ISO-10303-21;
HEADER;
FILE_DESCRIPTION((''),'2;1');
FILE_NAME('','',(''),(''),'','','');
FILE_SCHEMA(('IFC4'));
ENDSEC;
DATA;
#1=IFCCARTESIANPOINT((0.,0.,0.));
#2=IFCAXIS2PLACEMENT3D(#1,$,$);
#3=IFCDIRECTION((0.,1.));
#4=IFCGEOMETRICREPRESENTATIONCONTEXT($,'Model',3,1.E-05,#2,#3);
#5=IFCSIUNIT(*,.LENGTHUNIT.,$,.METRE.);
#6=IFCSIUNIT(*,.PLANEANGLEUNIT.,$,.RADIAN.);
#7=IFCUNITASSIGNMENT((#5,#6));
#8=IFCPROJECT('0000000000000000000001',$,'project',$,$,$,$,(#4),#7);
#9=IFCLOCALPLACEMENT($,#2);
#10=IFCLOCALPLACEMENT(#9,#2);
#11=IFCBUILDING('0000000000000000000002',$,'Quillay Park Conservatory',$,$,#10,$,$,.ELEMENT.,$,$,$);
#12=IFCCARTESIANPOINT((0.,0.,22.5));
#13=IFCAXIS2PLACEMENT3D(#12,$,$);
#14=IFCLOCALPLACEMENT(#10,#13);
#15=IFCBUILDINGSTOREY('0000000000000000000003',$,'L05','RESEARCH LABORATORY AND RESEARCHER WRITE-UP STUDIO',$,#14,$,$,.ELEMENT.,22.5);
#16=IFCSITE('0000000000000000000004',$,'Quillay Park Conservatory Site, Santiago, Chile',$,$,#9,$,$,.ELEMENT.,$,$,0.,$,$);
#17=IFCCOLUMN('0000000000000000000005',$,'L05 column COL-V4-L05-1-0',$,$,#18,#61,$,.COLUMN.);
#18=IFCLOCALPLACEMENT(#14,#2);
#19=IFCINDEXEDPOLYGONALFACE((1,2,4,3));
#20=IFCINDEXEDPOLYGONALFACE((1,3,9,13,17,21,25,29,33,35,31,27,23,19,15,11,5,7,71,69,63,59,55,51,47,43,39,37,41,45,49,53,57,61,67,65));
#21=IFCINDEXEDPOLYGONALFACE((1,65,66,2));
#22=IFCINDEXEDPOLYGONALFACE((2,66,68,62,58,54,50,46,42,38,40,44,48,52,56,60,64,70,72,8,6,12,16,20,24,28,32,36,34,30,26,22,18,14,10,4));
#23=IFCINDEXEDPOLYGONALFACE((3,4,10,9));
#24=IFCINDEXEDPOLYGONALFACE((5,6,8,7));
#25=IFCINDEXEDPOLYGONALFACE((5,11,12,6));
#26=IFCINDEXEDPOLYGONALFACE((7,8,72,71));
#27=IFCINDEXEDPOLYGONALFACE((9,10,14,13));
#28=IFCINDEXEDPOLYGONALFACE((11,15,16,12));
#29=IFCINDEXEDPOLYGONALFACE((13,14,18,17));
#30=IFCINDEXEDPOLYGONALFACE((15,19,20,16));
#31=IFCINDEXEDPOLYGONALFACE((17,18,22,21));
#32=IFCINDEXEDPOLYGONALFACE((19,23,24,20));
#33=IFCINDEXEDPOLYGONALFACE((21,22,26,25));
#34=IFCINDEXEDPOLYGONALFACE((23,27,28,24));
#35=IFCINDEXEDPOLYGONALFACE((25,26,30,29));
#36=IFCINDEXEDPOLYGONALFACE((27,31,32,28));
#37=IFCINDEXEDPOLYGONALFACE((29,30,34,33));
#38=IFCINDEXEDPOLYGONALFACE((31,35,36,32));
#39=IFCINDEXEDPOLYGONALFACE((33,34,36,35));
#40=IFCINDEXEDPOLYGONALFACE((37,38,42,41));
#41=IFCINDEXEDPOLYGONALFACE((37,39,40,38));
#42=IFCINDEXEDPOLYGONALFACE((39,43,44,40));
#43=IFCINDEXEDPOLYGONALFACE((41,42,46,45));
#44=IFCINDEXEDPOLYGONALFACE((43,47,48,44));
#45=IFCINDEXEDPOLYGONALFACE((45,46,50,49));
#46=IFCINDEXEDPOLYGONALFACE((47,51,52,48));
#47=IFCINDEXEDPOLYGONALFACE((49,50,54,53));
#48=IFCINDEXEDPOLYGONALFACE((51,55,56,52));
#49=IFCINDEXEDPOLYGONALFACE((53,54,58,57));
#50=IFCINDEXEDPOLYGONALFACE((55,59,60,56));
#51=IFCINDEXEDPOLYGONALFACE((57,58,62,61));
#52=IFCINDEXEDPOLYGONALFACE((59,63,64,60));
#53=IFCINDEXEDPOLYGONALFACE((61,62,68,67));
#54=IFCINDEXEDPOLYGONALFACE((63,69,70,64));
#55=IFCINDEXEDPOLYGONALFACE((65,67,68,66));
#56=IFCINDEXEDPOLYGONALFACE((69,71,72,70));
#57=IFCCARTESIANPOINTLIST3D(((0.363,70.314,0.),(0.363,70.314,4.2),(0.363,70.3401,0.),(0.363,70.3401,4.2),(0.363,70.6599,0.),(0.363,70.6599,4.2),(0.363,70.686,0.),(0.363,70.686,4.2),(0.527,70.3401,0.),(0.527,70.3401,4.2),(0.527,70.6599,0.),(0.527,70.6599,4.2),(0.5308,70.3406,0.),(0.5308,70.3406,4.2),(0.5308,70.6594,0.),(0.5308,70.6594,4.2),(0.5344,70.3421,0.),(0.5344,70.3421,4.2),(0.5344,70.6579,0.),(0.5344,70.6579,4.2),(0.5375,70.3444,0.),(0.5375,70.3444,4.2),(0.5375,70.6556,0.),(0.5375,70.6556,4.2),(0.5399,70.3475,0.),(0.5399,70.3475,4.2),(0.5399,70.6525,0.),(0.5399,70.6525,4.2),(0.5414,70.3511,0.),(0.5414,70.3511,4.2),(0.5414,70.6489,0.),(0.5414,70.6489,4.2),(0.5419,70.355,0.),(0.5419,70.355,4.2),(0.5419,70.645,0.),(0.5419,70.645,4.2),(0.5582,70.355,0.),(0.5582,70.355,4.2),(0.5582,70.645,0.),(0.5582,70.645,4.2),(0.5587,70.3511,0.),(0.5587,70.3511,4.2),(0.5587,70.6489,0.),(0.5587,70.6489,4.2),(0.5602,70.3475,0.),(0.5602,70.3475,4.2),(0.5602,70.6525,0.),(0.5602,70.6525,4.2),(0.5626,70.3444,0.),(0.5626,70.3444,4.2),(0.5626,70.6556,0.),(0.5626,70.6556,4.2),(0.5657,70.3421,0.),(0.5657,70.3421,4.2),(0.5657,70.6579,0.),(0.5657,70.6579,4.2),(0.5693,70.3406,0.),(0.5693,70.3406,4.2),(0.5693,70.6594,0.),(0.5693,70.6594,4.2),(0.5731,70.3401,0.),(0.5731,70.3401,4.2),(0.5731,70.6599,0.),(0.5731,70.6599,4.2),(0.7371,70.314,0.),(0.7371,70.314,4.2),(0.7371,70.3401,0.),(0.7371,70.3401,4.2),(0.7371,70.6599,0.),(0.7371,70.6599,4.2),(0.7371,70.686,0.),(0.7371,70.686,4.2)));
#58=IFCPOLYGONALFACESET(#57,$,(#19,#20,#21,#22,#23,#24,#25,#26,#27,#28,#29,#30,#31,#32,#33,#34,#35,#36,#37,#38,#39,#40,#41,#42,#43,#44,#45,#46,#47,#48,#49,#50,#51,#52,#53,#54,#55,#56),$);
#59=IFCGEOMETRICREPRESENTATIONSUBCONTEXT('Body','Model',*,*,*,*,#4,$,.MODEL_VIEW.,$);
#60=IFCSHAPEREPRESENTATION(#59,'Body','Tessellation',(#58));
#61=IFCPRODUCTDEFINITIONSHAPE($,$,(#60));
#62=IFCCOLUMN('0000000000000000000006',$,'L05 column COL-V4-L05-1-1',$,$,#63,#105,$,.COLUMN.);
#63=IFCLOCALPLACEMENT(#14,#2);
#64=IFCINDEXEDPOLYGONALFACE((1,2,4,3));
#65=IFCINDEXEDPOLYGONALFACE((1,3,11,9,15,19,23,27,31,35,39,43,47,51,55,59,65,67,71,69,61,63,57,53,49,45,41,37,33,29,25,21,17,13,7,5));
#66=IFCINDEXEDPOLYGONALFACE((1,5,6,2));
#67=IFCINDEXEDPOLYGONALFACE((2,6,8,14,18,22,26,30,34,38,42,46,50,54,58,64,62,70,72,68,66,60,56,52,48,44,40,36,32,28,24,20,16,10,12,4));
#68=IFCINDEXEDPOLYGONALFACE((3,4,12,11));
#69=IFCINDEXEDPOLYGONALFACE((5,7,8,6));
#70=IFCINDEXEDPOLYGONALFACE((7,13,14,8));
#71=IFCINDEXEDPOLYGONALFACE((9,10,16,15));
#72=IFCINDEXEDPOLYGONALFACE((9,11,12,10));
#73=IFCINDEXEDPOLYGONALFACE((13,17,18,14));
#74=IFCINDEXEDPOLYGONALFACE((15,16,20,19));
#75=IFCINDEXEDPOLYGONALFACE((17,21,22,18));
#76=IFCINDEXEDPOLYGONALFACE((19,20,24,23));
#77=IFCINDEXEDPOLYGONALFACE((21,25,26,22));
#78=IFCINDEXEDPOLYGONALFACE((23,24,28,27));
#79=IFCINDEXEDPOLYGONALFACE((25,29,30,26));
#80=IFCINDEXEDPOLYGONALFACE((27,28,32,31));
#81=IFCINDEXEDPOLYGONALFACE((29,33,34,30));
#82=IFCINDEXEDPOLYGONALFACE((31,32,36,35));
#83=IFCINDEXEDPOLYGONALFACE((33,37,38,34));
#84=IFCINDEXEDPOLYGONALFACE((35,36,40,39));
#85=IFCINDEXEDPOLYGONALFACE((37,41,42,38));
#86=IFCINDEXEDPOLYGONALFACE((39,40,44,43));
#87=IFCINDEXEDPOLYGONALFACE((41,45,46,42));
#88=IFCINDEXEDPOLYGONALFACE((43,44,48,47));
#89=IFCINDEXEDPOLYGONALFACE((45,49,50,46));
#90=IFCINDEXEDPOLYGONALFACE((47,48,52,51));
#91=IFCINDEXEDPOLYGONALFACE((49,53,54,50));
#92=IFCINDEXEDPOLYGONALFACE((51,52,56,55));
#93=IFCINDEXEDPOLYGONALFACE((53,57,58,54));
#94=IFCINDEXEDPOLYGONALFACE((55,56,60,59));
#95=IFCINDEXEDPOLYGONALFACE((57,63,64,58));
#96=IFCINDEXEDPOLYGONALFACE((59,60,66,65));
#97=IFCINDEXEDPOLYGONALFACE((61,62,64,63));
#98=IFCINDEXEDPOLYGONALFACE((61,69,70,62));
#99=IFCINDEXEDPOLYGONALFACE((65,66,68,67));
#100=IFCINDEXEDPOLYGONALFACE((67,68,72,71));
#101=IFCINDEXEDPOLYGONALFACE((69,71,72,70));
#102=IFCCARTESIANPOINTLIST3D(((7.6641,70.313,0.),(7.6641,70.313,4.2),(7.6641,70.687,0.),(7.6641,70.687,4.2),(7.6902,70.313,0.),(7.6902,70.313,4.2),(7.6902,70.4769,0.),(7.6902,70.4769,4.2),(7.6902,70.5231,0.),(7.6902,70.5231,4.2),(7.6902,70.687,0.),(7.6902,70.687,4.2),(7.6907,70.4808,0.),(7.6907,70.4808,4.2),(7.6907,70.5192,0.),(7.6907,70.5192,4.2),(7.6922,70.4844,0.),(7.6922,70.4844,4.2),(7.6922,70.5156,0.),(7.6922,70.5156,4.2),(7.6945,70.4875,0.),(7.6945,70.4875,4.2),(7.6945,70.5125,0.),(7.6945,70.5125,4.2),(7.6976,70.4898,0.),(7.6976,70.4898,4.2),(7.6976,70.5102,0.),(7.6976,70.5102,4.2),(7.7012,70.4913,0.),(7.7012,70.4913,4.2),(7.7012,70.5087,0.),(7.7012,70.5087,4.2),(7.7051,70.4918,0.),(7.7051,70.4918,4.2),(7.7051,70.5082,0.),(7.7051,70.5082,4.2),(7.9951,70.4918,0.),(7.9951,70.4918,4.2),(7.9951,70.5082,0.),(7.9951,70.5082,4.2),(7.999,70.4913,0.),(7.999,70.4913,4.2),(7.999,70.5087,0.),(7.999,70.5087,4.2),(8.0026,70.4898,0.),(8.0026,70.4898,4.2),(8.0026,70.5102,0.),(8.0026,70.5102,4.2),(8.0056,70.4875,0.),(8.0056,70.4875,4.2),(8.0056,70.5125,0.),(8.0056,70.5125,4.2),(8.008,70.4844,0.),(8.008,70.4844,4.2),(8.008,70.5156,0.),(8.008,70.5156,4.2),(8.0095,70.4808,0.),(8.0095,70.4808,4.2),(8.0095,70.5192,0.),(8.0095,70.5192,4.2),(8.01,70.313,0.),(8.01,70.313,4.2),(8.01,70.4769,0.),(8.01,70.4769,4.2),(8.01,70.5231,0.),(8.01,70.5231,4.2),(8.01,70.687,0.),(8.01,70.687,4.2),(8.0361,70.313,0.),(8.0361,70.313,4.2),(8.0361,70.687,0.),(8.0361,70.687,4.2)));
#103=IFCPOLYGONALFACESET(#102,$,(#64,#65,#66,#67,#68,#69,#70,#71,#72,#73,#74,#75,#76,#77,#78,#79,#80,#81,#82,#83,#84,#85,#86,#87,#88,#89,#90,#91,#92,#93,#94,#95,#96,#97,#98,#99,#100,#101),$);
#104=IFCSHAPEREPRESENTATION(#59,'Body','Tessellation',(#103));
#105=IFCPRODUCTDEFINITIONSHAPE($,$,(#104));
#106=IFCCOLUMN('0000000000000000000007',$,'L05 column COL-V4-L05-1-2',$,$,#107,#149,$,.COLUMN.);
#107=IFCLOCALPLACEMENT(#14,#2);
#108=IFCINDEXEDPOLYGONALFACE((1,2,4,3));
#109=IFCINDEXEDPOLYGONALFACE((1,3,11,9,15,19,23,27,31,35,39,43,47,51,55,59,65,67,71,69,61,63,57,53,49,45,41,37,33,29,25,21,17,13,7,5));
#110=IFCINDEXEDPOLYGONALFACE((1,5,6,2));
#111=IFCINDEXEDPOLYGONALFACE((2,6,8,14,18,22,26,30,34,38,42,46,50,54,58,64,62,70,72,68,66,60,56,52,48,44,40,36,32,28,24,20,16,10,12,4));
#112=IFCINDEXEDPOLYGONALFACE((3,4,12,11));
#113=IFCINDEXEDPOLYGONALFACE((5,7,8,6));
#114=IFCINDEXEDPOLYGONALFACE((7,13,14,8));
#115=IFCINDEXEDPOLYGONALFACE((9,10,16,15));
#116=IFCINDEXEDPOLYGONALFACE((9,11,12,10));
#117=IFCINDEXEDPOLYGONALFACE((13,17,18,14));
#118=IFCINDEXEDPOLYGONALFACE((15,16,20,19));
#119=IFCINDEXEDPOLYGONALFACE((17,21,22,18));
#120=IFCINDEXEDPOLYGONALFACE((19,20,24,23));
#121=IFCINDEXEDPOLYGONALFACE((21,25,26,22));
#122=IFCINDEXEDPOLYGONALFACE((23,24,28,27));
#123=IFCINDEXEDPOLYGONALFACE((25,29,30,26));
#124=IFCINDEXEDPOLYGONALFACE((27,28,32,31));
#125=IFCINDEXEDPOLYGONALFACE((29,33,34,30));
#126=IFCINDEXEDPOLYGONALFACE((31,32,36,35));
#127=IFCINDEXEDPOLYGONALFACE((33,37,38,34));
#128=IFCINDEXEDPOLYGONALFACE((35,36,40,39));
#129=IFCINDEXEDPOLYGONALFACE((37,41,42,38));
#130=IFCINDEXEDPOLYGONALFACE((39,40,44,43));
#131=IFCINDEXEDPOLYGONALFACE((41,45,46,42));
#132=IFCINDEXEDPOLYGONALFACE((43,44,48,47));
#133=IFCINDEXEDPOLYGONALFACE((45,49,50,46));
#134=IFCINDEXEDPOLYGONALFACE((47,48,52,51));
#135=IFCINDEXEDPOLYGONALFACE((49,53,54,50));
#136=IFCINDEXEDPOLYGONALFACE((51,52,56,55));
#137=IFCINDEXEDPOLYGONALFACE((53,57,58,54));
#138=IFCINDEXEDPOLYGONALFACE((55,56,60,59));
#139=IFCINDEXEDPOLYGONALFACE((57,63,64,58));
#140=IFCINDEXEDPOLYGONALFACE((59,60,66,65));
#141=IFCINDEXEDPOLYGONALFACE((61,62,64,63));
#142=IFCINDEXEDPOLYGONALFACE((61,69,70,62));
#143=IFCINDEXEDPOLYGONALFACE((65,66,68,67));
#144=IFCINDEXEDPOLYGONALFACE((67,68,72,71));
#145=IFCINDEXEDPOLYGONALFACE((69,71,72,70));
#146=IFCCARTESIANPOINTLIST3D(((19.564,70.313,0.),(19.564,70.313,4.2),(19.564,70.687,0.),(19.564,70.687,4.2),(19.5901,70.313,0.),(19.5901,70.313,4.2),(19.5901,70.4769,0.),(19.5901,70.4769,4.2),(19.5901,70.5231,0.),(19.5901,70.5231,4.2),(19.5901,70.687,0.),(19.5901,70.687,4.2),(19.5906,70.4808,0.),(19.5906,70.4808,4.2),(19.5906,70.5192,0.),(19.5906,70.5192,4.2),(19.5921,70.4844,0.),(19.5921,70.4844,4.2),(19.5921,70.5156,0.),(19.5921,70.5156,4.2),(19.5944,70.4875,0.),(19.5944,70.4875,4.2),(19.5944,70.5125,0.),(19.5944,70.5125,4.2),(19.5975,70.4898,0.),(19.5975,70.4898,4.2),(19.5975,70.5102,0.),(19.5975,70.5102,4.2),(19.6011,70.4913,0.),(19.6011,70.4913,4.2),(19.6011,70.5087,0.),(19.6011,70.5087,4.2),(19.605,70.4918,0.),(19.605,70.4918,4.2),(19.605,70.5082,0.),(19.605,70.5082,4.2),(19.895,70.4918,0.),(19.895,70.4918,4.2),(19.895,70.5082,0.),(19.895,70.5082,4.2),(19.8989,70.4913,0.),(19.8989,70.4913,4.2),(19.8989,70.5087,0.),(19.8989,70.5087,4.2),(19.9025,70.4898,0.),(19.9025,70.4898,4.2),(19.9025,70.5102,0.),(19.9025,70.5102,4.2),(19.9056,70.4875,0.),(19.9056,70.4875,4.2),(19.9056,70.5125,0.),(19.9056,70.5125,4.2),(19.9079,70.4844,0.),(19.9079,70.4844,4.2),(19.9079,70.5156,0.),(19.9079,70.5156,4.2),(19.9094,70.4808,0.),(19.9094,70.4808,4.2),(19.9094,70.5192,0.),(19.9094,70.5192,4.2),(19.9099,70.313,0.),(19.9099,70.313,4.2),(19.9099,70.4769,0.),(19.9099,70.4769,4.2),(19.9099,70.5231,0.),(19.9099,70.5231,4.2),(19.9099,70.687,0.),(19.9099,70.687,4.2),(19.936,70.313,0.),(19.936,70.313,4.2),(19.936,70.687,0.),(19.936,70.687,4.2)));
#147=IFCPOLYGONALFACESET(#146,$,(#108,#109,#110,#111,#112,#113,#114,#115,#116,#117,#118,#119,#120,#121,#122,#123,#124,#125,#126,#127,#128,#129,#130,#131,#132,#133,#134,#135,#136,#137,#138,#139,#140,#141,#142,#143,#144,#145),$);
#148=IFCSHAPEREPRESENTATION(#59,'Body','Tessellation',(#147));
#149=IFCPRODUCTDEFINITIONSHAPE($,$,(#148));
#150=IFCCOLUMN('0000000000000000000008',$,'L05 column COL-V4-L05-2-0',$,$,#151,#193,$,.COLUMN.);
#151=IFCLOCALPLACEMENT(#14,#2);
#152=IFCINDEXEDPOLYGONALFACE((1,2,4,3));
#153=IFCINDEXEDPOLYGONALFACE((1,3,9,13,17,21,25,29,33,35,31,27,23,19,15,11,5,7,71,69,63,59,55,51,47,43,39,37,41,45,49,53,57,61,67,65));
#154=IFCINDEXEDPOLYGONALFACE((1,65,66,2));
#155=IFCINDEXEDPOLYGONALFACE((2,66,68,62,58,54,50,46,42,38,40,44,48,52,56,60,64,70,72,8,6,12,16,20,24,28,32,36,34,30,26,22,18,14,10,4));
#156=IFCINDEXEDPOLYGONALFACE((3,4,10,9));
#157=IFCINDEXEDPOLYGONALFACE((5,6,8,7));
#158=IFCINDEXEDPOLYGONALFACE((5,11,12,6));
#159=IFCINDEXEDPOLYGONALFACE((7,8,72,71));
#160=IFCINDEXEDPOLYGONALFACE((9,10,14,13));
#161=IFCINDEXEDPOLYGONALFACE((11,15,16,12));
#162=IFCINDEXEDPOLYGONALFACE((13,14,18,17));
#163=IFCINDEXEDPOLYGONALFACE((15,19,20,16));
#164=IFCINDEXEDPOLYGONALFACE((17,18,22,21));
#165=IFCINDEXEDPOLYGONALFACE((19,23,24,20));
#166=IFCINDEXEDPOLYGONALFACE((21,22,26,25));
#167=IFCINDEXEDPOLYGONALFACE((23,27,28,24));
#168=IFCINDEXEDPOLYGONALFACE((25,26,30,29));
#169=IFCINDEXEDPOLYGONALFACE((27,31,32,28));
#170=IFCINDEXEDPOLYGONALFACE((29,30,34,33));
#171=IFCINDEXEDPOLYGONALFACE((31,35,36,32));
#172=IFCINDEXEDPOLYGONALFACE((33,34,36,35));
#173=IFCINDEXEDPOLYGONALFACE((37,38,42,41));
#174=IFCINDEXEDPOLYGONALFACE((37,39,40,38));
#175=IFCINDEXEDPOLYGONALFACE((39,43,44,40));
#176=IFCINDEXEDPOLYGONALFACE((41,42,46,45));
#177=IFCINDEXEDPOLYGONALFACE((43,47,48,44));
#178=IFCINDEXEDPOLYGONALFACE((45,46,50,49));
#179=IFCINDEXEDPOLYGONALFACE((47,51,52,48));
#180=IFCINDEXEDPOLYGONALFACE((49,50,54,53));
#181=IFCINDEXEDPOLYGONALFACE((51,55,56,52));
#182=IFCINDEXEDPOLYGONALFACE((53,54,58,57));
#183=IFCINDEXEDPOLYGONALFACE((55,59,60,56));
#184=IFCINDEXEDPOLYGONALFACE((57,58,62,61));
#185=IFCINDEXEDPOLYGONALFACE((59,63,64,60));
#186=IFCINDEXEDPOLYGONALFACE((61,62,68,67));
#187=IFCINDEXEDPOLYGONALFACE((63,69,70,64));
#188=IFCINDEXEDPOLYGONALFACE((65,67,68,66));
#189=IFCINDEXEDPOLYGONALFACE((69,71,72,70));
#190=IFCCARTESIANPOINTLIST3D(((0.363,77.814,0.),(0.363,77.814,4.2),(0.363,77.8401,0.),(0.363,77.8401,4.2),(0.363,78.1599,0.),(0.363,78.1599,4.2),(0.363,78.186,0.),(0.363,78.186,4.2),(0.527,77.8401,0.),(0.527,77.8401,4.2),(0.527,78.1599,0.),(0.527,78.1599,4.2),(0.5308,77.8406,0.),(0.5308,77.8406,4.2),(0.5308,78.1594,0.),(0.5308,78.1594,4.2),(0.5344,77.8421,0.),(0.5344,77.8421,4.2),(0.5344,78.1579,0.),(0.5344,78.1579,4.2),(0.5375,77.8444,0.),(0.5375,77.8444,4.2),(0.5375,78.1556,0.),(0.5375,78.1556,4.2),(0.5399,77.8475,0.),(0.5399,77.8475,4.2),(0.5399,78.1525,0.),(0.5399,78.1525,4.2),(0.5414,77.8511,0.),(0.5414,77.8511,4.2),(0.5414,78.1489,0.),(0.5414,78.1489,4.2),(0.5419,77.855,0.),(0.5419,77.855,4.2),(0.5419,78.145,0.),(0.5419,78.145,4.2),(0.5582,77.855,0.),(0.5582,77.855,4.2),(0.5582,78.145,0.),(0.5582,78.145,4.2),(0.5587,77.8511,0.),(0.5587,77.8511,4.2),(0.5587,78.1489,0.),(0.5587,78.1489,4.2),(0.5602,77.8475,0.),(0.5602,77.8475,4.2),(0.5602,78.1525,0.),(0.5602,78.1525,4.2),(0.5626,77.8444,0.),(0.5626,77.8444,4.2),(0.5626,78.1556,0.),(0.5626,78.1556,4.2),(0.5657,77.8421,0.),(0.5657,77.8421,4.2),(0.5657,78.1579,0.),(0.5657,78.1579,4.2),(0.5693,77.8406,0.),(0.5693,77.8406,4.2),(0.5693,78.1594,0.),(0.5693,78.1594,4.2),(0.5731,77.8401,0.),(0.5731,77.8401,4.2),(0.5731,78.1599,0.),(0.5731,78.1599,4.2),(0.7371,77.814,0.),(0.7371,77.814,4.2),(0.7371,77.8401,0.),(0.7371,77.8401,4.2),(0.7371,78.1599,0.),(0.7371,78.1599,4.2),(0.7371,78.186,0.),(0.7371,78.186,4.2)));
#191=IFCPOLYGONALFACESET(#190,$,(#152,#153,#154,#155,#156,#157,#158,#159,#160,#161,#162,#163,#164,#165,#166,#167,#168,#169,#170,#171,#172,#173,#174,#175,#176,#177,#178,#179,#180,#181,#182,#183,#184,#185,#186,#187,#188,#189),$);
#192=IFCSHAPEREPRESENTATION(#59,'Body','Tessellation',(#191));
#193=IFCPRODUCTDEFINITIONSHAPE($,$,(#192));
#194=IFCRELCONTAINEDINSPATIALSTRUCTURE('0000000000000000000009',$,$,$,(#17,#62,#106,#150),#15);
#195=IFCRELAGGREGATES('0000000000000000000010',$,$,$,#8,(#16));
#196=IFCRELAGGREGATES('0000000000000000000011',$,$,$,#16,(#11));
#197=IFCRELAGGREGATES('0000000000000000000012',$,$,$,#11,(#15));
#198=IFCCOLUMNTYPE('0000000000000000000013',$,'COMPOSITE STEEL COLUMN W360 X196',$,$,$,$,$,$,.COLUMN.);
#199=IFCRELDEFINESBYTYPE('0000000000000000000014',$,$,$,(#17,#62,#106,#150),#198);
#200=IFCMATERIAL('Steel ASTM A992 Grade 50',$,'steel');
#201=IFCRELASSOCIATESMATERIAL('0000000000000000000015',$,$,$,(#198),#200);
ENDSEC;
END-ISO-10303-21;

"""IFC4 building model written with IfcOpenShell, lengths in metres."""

from ifc_helpers import new_model, si_unit, direction, frame, origin, origin_2d, place, context, subcontext, project, spatial, i_section, extrude, material, material_profile, profile_set, type_object, element, save


model = new_model("IFC4")

# Units and contexts
model_context = context("Model", 3, precision=1e-05, world=origin(), true_north=direction((0.0, 1.0)))
body_context = subcontext(model_context, "Body", "Model", "MODEL_VIEW")
ifc_project = project(units=[si_unit("LENGTHUNIT", "METRE"), si_unit("PLANEANGLEUNIT", "RADIAN")], contexts=[model_context])

# Site, building, storey
site_placement = place(None, origin())
site = spatial("IfcSite", under=ifc_project, at=site_placement, Name="Quillay Park Conservatory Site, Santiago, Chile", CompositionType="ELEMENT", RefElevation=0.0)
building_placement = place(site_placement, origin())
building = spatial("IfcBuilding", under=site, at=building_placement, Name="Quillay Park Conservatory", CompositionType="ELEMENT")
storey_placement = place(building_placement, frame((0.0, 0.0, 22.5)))
storey = spatial("IfcBuildingStorey", under=building, at=storey_placement, Name="L05", Description="RESEARCH LABORATORY AND RESEARCHER WRITE-UP STUDIO", CompositionType="ELEMENT", Elevation=22.5)

# Columns
ifc_material_1 = material(Name="Steel ASTM A992 Grade 50", Category="steel")
ifc_material_profile_1 = material_profile(ifc_material_1, i_section(OverallWidth=0.374, OverallDepth=0.3721, WebThickness=0.0164, FlangeThickness=0.0261, FilletRadius=0.0149, at=origin_2d()), Name="W360x196")
ifc_profile_set_1 = profile_set([ifc_material_profile_1], Name="Steel ASTM A992 Grade 50")
column_type = type_object("IfcColumnType", Name="COMPOSITE STEEL COLUMN W360 X196", PredefinedType="COLUMN", material=ifc_profile_set_1)
for number, where, z_axis, x_axis, name in (
    (1, (0.55, 70.5, 0.0), (0.0, 0.0, 1.0), (1.0, 0.0, 0.0), "L05 column COL-V4-L05-1-0"),
    (2, (7.8501, 70.5, 0.0), (0.0, 0.0, 1.0), (0.0, 1.0, 0.0), "L05 column COL-V4-L05-1-1"),
    (3, (19.75, 70.5, 0.0), (0.0, 0.0, 1.0), (0.0, 1.0, 0.0), "L05 column COL-V4-L05-1-2"),
    (4, (0.55, 78.0, 0.0), (0.0, 0.0, 1.0), (1.0, 0.0, 0.0), "L05 column COL-V4-L05-2-0"),
):
    element("IfcColumn", number, at=place(storey_placement, frame(where, z_axis=z_axis, x_axis=x_axis)), inside=storey, type_object=column_type, Name=name, PredefinedType="COLUMN", context=body_context, shape_type="SweptSolid", body=[
        extrude(i_section(OverallWidth=0.374, OverallDepth=0.3721, WebThickness=0.0164, FlangeThickness=0.0261, FilletRadius=0.0149, at=origin_2d()), origin(), (0.0, 0.0, 1.0), 4.2),
    ])

save(model, "model.ifc")
